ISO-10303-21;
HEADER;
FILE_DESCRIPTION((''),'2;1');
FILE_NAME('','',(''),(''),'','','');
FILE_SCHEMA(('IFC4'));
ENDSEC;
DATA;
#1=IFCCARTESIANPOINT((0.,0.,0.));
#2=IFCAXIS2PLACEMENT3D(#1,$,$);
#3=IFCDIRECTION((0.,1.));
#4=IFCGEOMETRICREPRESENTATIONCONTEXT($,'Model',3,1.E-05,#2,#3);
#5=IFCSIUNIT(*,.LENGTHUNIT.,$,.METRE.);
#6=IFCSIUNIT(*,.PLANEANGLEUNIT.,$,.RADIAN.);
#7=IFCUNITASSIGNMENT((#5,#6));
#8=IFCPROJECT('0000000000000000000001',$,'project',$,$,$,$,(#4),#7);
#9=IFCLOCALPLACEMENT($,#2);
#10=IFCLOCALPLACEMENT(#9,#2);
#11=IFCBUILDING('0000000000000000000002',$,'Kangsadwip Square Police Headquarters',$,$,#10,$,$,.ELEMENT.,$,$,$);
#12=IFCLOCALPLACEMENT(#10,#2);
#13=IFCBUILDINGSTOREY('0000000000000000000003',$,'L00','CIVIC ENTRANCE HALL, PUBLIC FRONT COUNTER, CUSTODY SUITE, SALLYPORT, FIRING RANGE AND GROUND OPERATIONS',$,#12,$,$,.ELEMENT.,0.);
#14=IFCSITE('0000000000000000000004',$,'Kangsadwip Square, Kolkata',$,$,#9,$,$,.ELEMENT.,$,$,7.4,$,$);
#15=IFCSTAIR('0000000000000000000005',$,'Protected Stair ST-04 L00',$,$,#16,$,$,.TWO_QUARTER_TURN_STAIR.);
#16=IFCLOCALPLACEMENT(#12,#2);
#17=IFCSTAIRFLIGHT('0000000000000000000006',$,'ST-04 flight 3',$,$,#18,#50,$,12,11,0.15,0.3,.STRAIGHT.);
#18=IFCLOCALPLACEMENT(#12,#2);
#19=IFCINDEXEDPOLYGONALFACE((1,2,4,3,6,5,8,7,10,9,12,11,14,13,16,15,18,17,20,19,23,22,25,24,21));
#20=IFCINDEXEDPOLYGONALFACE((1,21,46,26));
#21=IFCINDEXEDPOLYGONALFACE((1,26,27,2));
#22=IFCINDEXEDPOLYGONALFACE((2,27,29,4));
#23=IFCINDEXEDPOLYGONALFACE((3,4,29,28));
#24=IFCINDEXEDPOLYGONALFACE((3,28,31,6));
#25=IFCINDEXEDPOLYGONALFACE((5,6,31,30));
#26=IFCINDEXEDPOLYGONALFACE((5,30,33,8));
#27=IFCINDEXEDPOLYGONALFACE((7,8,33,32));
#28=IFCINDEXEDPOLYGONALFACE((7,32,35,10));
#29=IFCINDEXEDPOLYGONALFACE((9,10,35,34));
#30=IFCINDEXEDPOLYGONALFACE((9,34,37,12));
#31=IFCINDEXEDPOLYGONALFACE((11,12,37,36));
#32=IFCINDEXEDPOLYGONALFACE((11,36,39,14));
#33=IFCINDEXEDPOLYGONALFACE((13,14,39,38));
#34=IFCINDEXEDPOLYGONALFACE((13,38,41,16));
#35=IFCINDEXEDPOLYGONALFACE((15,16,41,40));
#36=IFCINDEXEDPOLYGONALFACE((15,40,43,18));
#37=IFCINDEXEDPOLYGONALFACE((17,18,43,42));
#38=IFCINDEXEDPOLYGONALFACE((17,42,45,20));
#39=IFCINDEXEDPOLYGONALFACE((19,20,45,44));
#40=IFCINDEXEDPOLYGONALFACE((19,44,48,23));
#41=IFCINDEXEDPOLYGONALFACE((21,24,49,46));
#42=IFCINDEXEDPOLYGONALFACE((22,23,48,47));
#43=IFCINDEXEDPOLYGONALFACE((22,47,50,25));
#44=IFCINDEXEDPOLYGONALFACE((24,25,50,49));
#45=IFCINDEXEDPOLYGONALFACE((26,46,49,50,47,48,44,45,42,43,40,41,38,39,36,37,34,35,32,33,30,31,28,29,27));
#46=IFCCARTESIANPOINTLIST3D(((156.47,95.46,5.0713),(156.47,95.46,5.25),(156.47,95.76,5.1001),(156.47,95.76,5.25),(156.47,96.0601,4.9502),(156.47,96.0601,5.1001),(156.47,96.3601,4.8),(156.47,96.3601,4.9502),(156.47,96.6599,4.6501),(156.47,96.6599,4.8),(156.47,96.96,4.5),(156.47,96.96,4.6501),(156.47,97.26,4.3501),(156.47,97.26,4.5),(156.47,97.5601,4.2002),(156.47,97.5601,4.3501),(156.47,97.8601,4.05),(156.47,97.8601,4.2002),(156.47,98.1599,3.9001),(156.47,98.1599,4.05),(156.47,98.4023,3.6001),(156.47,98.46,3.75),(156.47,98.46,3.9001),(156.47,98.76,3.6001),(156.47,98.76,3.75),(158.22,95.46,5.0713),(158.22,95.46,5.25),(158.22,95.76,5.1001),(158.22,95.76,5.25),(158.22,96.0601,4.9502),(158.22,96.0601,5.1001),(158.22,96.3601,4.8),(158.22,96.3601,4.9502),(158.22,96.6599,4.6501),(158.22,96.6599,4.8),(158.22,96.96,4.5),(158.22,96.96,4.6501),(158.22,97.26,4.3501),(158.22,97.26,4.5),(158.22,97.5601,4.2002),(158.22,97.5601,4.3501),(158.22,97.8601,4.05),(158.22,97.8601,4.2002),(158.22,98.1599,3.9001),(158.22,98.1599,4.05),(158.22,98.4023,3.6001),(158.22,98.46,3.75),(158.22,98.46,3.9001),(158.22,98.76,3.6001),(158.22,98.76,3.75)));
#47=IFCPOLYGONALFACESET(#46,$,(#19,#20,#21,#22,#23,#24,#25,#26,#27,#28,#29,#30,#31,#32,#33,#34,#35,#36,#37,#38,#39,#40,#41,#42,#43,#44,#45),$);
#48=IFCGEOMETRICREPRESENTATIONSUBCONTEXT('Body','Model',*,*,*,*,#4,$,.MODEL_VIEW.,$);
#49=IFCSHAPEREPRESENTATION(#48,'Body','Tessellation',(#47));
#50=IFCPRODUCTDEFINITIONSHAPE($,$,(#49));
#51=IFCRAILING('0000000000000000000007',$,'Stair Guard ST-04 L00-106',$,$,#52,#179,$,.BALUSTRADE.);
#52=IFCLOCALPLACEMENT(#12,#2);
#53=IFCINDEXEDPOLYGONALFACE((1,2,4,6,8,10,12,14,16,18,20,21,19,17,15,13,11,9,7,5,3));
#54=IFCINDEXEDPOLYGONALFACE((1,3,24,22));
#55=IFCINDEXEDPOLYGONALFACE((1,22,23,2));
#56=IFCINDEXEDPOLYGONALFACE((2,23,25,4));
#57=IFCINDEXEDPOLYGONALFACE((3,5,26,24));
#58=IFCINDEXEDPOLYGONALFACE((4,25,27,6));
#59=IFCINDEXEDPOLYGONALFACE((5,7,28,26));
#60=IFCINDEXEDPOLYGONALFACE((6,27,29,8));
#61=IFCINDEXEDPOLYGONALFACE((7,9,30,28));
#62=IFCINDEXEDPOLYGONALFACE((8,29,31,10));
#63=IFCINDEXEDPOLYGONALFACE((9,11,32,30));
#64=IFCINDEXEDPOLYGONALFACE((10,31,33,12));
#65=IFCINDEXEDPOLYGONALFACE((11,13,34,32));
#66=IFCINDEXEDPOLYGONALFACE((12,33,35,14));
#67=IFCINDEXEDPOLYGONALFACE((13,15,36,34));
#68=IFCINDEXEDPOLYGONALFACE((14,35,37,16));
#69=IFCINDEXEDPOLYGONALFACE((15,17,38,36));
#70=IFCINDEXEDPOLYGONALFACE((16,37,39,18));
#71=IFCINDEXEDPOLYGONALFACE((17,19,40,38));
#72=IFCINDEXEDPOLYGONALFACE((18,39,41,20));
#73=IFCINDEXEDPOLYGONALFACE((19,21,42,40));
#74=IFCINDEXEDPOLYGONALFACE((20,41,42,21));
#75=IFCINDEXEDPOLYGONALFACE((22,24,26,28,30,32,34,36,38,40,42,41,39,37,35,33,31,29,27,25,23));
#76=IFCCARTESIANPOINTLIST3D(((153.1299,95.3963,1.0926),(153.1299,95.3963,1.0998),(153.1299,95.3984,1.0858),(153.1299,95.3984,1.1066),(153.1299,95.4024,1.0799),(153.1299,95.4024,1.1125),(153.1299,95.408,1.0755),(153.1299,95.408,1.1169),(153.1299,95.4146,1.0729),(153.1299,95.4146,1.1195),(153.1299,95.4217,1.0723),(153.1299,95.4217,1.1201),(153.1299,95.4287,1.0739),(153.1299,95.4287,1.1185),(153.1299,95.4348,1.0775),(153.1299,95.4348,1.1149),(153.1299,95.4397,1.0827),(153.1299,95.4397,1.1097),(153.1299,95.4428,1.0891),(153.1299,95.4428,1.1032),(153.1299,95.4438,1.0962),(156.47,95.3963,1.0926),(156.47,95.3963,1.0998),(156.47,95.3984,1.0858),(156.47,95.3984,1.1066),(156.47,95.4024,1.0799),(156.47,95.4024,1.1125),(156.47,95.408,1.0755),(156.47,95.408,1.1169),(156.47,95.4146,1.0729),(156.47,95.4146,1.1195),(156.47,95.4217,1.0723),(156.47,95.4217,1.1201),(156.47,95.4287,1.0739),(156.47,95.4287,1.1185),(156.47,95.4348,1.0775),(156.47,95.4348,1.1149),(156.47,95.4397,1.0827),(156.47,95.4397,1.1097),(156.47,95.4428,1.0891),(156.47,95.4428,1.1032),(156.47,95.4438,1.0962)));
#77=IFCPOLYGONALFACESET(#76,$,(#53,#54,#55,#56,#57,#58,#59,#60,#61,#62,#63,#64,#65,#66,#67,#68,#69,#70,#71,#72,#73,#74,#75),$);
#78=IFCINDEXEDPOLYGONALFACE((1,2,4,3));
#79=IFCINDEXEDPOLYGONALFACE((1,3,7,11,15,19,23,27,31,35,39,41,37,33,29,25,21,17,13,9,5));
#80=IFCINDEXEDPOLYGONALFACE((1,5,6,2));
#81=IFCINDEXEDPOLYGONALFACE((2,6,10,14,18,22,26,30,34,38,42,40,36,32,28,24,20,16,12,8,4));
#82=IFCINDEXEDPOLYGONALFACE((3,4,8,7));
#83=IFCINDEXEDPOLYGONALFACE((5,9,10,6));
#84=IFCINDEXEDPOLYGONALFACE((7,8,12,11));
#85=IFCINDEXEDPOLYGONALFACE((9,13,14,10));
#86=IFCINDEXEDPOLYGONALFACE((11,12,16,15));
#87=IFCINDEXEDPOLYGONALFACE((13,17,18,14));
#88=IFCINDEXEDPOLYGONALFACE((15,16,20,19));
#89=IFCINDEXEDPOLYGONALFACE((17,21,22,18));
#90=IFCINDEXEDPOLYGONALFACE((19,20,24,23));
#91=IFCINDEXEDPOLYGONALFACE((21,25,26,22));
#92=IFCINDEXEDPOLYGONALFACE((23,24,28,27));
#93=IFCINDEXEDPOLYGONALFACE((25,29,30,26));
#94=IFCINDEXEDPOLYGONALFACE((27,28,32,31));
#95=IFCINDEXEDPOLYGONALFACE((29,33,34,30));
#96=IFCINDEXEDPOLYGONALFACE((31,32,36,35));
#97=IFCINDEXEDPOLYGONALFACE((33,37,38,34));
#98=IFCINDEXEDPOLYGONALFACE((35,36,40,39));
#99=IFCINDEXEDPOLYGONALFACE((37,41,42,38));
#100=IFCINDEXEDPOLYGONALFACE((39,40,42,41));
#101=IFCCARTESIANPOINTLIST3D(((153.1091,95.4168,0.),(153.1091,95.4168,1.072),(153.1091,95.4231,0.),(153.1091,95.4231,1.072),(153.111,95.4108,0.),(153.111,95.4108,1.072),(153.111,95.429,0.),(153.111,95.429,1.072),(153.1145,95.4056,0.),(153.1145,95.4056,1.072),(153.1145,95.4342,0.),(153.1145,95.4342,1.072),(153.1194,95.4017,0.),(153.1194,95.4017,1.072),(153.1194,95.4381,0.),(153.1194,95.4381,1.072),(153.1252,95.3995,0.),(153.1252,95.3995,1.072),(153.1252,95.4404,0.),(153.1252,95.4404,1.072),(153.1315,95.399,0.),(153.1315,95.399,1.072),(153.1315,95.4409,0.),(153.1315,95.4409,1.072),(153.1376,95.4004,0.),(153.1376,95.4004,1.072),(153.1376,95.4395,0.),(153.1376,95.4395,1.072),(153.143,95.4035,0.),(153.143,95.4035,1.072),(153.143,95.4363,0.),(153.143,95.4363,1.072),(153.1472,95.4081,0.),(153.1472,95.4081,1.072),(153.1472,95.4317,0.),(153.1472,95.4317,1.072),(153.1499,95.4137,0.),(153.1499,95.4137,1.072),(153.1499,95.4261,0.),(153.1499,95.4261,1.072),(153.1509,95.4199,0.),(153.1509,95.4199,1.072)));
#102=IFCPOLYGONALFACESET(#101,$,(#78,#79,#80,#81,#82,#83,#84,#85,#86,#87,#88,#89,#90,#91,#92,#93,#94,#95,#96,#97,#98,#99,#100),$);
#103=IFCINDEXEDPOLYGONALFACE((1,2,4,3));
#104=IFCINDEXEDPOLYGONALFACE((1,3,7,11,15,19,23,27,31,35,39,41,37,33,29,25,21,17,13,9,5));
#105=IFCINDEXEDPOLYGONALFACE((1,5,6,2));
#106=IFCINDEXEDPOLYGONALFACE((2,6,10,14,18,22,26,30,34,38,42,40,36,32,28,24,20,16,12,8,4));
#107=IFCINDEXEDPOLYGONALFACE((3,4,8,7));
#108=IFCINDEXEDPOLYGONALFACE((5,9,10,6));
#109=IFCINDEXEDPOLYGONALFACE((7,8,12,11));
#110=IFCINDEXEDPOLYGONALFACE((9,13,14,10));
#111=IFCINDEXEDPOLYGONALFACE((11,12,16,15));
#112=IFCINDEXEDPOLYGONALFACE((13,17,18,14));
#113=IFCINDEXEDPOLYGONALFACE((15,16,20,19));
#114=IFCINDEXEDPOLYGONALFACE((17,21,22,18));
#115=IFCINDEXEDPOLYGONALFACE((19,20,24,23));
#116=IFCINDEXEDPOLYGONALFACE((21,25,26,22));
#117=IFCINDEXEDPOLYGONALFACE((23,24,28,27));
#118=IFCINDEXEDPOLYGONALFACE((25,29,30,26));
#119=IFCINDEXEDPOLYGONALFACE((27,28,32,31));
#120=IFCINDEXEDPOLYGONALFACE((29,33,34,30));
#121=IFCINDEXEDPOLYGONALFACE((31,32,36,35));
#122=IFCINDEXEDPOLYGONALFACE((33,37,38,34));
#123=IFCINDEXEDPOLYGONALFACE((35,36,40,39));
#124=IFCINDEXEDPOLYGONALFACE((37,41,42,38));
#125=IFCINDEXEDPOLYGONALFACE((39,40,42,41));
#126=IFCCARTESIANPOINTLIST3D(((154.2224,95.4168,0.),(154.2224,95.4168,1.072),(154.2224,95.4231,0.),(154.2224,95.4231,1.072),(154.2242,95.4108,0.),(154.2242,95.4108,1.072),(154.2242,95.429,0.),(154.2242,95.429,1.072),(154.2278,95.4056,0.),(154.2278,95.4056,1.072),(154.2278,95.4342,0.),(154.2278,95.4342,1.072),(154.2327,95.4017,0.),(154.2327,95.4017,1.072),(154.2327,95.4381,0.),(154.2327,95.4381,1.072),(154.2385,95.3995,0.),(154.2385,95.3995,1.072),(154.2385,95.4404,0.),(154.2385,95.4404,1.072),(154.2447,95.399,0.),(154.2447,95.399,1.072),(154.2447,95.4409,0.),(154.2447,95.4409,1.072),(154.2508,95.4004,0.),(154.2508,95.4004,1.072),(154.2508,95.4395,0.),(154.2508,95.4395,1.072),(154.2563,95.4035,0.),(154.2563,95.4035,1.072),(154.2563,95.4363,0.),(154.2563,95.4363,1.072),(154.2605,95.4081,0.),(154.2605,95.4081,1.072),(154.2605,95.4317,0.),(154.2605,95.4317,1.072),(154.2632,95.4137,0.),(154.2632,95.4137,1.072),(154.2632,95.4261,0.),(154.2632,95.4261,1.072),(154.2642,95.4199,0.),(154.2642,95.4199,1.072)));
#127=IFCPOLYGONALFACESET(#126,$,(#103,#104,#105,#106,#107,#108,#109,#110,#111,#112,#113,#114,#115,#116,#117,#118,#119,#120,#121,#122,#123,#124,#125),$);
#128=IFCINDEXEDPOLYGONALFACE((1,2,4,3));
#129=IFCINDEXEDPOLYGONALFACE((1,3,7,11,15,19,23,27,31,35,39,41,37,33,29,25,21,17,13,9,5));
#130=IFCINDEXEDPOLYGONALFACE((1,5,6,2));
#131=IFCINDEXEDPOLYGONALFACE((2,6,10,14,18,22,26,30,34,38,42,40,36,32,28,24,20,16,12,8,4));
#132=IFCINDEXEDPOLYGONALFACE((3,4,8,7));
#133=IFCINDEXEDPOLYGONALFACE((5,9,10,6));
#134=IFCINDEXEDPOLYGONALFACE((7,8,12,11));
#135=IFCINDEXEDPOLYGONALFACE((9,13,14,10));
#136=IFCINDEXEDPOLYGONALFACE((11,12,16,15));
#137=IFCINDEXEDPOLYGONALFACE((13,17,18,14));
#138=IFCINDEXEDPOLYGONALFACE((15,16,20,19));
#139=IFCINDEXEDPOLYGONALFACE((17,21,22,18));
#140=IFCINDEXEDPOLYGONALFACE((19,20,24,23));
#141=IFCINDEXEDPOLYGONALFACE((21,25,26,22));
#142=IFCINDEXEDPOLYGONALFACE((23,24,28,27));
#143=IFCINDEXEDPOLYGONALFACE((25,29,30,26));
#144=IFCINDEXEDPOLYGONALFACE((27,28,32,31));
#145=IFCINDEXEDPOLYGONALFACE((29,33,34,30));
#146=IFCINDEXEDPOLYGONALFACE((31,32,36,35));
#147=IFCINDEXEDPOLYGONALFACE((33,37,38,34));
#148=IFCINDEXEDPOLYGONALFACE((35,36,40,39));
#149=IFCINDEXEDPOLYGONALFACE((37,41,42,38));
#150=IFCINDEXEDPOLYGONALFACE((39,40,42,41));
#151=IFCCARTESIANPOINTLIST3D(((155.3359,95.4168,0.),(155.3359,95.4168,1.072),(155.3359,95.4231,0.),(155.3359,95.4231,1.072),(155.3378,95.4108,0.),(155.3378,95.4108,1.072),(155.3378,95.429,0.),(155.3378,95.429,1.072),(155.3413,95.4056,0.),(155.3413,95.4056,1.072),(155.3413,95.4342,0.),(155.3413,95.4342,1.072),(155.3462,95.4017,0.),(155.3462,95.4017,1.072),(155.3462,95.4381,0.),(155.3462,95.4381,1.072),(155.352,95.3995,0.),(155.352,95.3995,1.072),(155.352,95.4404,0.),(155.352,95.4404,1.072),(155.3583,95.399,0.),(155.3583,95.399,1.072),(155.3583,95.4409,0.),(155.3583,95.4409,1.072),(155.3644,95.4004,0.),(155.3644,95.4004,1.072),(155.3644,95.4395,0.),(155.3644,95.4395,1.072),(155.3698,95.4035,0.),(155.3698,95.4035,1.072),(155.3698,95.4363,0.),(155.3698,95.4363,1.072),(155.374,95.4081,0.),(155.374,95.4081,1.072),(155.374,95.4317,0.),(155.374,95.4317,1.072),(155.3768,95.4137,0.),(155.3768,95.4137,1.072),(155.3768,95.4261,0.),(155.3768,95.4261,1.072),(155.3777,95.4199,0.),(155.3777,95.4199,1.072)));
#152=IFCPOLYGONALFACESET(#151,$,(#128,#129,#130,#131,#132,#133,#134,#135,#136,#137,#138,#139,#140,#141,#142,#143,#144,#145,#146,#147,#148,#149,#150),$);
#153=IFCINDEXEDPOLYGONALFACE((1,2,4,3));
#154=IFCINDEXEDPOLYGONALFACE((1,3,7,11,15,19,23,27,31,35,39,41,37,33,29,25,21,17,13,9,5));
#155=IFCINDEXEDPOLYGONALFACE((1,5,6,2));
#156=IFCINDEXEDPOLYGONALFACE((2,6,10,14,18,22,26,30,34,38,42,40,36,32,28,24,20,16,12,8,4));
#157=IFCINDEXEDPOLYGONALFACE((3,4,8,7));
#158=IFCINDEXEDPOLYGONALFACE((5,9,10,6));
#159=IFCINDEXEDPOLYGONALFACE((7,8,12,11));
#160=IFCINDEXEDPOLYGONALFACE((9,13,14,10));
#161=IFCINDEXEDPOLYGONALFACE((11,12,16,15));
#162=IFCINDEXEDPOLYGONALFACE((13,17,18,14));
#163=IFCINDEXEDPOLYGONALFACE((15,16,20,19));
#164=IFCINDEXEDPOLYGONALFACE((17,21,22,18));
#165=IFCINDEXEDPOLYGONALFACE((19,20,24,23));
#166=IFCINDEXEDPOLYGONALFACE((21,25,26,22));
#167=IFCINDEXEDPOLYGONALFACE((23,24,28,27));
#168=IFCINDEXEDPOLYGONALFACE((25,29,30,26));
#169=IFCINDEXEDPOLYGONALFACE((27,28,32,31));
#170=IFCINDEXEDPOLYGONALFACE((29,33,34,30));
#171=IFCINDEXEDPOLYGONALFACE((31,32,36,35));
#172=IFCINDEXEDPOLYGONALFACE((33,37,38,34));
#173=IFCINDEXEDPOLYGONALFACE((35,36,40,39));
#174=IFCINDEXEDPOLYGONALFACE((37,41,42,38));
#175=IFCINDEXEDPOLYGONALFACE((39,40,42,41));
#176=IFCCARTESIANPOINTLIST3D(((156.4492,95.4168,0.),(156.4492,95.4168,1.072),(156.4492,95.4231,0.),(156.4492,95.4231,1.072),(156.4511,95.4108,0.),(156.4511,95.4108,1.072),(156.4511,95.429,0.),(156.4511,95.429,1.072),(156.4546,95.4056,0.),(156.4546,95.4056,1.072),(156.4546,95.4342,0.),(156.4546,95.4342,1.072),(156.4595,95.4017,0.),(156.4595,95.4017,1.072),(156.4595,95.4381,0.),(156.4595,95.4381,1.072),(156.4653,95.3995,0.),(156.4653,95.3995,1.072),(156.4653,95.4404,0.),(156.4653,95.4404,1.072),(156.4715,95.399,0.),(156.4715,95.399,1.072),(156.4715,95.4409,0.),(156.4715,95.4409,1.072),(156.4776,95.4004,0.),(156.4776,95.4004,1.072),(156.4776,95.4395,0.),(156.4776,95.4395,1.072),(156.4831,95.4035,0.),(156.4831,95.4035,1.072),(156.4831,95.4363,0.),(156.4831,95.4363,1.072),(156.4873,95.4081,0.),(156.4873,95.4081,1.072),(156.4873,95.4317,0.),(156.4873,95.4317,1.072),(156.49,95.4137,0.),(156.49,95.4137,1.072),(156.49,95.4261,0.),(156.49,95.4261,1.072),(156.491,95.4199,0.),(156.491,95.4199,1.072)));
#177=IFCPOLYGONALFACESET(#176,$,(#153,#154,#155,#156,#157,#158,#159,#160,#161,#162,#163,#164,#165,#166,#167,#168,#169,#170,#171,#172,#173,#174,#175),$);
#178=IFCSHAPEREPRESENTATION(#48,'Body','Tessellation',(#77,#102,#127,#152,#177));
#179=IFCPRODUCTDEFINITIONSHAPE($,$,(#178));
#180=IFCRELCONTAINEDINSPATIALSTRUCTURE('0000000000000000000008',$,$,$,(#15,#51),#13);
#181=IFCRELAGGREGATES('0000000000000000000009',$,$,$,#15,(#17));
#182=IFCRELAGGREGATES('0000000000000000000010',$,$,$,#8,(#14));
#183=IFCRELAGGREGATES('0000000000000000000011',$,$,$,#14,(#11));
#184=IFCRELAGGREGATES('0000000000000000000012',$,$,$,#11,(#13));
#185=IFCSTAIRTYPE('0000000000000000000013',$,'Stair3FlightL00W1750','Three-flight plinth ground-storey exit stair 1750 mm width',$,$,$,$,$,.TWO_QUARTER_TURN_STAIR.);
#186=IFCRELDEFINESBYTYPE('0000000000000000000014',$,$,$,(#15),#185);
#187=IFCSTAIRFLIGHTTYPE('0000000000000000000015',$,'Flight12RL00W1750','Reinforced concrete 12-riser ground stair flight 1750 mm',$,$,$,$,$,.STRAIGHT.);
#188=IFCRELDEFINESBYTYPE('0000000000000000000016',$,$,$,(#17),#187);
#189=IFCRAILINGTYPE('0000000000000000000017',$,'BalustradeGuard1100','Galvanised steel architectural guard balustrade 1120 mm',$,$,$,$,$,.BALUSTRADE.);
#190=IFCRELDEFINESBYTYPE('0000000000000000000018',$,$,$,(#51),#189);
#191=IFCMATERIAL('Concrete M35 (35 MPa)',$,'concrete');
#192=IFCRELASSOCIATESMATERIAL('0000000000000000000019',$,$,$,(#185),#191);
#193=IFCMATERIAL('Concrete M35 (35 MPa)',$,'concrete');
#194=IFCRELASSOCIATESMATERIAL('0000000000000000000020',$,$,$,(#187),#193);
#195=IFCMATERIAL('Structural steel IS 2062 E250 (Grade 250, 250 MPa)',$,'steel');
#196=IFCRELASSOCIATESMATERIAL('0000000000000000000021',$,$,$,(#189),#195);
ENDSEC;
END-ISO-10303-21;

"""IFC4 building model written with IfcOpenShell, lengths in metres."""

from ifc_helpers import new_model, si_unit, direction, frame, origin, origin_2d, place, context, subcontext, project, spatial, polyline, circle, outline, extrude, material, type_object, element, aggregate, save


model = new_model("IFC4")

# Units and contexts
model_context = context("Model", 3, precision=1e-05, world=origin(), true_north=direction((0.0, 1.0)))
body_context = subcontext(model_context, "Body", "Model", "MODEL_VIEW")
ifc_project = project(units=[si_unit("LENGTHUNIT", "METRE"), si_unit("PLANEANGLEUNIT", "RADIAN")], contexts=[model_context])

# Site, building, storey
site_placement = place(None, origin())
site = spatial("IfcSite", under=ifc_project, at=site_placement, Name="Kangsadwip Square, Kolkata", CompositionType="ELEMENT", RefElevation=7.4)
building_placement = place(site_placement, origin())
building = spatial("IfcBuilding", under=site, at=building_placement, Name="Kangsadwip Square Police Headquarters", CompositionType="ELEMENT")
storey_placement = place(building_placement, origin())
storey = spatial("IfcBuildingStorey", under=building, at=storey_placement, Name="L00", Description="CIVIC ENTRANCE HALL, PUBLIC FRONT COUNTER, CUSTODY SUITE, SALLYPORT, FIRING RANGE AND GROUND OPERATIONS", CompositionType="ELEMENT", Elevation=0.0)

# Stair, stair flight
ifc_material_1 = material(Name="Concrete M35 (35 MPa)", Category="concrete")
stair_type = type_object("IfcStairType", Name="Stair3FlightL00W1750", Description="Three-flight plinth ground-storey exit stair 1750 mm width", PredefinedType="TWO_QUARTER_TURN_STAIR", material=ifc_material_1)
stair_placement = place(storey_placement, origin())
stair = element("IfcStair", 1, at=stair_placement, inside=storey, type_object=stair_type, Name="Protected Stair ST-04 L00", PredefinedType="TWO_QUARTER_TURN_STAIR")
ifc_material_2 = material(Name="Concrete M35 (35 MPa)", Category="concrete")
stair_flight_type = type_object("IfcStairFlightType", Name="Flight12RL00W1750", Description="Reinforced concrete 12-riser ground stair flight 1750 mm", PredefinedType="STRAIGHT", material=ifc_material_2)
stair_flight_1_placement = place(storey_placement, frame((157.345, 98.76, 3.6001), z_axis=(0.0, 0.0, 1.0), x_axis=(0.0, -1.0, 0.0)))
stair_flight_1 = element("IfcStairFlight", 2, at=stair_flight_1_placement, type_object=stair_flight_type, Name="ST-04 flight 3", NumberOfRisers=12, NumberOfTreads=11, PredefinedType="STRAIGHT", RiserHeight=0.15, TreadLength=0.3, context=body_context, shape_type="SweptSolid", body=[
    extrude(outline(polyline([(0.0, 0.0), (0.0, 0.1499), (0.3, 0.1499), (0.3, 0.3), (0.6001, 0.3), (0.6001, 0.45), (0.8999, 0.45), (0.8999, 0.6001), (1.2, 0.6001), (1.2, 0.75), (1.5, 0.75), (1.5, 0.8999), (1.8, 0.8999), (1.8, 1.05), (2.1001, 1.05), (2.1001, 1.2), (2.3999, 1.2), (2.3999, 1.3501), (2.7, 1.3501), (2.7, 1.5), (3.0, 1.5), (3.0, 1.6499), (3.3, 1.6499), (3.3, 1.8), (3.3, 1.4712), (0.3577, 0.0), (0.0, 0.0)])), frame((0.0, 0.875, 0.0), z_axis=(0.0, -1.0, 0.0), x_axis=(1.0, 0.0, 0.0)), (0.0, 0.0, 1.0), 1.75),
])
aggregate(stair, [stair_flight_1])

# Railing
ifc_material_3 = material(Name="Structural steel IS 2062 E250 (Grade 250, 250 MPa)", Category="steel")
railing_type_1 = type_object("IfcRailingType", Name="BalustradeGuard1100", Description="Galvanised steel architectural guard balustrade 1120 mm", PredefinedType="BALUSTRADE", material=ifc_material_3)
railing_1_placement = place(storey_placement, frame((153.1299, 95.4199, 0.0)))
element("IfcRailing", 3, at=railing_1_placement, inside=storey, type_object=railing_type_1, Name="Stair Guard ST-04 L00-106", PredefinedType="BALUSTRADE", context=body_context, shape_type="SweptSolid", body=[
    extrude(circle(Radius=0.0239, at=origin_2d()), frame((0.0, 0.0, 1.0962), z_axis=(1.0, 0.0, 0.0), x_axis=(0.0, 1.0, 0.0)), (0.0, 0.0, 1.0), 3.3401),
    extrude(circle(Radius=0.021, at=origin_2d()), origin(), (0.0, 0.0, 1.0), 1.072),
    extrude(circle(Radius=0.021, at=origin_2d()), frame((1.1133, 0.0, 0.0)), (0.0, 0.0, 1.0), 1.072),
    extrude(circle(Radius=0.021, at=origin_2d()), frame((2.2268, 0.0, 0.0)), (0.0, 0.0, 1.0), 1.072),
    extrude(circle(Radius=0.021, at=origin_2d()), frame((3.3401, 0.0, 0.0)), (0.0, 0.0, 1.0), 1.072),
])

save(model, "model.ifc")
